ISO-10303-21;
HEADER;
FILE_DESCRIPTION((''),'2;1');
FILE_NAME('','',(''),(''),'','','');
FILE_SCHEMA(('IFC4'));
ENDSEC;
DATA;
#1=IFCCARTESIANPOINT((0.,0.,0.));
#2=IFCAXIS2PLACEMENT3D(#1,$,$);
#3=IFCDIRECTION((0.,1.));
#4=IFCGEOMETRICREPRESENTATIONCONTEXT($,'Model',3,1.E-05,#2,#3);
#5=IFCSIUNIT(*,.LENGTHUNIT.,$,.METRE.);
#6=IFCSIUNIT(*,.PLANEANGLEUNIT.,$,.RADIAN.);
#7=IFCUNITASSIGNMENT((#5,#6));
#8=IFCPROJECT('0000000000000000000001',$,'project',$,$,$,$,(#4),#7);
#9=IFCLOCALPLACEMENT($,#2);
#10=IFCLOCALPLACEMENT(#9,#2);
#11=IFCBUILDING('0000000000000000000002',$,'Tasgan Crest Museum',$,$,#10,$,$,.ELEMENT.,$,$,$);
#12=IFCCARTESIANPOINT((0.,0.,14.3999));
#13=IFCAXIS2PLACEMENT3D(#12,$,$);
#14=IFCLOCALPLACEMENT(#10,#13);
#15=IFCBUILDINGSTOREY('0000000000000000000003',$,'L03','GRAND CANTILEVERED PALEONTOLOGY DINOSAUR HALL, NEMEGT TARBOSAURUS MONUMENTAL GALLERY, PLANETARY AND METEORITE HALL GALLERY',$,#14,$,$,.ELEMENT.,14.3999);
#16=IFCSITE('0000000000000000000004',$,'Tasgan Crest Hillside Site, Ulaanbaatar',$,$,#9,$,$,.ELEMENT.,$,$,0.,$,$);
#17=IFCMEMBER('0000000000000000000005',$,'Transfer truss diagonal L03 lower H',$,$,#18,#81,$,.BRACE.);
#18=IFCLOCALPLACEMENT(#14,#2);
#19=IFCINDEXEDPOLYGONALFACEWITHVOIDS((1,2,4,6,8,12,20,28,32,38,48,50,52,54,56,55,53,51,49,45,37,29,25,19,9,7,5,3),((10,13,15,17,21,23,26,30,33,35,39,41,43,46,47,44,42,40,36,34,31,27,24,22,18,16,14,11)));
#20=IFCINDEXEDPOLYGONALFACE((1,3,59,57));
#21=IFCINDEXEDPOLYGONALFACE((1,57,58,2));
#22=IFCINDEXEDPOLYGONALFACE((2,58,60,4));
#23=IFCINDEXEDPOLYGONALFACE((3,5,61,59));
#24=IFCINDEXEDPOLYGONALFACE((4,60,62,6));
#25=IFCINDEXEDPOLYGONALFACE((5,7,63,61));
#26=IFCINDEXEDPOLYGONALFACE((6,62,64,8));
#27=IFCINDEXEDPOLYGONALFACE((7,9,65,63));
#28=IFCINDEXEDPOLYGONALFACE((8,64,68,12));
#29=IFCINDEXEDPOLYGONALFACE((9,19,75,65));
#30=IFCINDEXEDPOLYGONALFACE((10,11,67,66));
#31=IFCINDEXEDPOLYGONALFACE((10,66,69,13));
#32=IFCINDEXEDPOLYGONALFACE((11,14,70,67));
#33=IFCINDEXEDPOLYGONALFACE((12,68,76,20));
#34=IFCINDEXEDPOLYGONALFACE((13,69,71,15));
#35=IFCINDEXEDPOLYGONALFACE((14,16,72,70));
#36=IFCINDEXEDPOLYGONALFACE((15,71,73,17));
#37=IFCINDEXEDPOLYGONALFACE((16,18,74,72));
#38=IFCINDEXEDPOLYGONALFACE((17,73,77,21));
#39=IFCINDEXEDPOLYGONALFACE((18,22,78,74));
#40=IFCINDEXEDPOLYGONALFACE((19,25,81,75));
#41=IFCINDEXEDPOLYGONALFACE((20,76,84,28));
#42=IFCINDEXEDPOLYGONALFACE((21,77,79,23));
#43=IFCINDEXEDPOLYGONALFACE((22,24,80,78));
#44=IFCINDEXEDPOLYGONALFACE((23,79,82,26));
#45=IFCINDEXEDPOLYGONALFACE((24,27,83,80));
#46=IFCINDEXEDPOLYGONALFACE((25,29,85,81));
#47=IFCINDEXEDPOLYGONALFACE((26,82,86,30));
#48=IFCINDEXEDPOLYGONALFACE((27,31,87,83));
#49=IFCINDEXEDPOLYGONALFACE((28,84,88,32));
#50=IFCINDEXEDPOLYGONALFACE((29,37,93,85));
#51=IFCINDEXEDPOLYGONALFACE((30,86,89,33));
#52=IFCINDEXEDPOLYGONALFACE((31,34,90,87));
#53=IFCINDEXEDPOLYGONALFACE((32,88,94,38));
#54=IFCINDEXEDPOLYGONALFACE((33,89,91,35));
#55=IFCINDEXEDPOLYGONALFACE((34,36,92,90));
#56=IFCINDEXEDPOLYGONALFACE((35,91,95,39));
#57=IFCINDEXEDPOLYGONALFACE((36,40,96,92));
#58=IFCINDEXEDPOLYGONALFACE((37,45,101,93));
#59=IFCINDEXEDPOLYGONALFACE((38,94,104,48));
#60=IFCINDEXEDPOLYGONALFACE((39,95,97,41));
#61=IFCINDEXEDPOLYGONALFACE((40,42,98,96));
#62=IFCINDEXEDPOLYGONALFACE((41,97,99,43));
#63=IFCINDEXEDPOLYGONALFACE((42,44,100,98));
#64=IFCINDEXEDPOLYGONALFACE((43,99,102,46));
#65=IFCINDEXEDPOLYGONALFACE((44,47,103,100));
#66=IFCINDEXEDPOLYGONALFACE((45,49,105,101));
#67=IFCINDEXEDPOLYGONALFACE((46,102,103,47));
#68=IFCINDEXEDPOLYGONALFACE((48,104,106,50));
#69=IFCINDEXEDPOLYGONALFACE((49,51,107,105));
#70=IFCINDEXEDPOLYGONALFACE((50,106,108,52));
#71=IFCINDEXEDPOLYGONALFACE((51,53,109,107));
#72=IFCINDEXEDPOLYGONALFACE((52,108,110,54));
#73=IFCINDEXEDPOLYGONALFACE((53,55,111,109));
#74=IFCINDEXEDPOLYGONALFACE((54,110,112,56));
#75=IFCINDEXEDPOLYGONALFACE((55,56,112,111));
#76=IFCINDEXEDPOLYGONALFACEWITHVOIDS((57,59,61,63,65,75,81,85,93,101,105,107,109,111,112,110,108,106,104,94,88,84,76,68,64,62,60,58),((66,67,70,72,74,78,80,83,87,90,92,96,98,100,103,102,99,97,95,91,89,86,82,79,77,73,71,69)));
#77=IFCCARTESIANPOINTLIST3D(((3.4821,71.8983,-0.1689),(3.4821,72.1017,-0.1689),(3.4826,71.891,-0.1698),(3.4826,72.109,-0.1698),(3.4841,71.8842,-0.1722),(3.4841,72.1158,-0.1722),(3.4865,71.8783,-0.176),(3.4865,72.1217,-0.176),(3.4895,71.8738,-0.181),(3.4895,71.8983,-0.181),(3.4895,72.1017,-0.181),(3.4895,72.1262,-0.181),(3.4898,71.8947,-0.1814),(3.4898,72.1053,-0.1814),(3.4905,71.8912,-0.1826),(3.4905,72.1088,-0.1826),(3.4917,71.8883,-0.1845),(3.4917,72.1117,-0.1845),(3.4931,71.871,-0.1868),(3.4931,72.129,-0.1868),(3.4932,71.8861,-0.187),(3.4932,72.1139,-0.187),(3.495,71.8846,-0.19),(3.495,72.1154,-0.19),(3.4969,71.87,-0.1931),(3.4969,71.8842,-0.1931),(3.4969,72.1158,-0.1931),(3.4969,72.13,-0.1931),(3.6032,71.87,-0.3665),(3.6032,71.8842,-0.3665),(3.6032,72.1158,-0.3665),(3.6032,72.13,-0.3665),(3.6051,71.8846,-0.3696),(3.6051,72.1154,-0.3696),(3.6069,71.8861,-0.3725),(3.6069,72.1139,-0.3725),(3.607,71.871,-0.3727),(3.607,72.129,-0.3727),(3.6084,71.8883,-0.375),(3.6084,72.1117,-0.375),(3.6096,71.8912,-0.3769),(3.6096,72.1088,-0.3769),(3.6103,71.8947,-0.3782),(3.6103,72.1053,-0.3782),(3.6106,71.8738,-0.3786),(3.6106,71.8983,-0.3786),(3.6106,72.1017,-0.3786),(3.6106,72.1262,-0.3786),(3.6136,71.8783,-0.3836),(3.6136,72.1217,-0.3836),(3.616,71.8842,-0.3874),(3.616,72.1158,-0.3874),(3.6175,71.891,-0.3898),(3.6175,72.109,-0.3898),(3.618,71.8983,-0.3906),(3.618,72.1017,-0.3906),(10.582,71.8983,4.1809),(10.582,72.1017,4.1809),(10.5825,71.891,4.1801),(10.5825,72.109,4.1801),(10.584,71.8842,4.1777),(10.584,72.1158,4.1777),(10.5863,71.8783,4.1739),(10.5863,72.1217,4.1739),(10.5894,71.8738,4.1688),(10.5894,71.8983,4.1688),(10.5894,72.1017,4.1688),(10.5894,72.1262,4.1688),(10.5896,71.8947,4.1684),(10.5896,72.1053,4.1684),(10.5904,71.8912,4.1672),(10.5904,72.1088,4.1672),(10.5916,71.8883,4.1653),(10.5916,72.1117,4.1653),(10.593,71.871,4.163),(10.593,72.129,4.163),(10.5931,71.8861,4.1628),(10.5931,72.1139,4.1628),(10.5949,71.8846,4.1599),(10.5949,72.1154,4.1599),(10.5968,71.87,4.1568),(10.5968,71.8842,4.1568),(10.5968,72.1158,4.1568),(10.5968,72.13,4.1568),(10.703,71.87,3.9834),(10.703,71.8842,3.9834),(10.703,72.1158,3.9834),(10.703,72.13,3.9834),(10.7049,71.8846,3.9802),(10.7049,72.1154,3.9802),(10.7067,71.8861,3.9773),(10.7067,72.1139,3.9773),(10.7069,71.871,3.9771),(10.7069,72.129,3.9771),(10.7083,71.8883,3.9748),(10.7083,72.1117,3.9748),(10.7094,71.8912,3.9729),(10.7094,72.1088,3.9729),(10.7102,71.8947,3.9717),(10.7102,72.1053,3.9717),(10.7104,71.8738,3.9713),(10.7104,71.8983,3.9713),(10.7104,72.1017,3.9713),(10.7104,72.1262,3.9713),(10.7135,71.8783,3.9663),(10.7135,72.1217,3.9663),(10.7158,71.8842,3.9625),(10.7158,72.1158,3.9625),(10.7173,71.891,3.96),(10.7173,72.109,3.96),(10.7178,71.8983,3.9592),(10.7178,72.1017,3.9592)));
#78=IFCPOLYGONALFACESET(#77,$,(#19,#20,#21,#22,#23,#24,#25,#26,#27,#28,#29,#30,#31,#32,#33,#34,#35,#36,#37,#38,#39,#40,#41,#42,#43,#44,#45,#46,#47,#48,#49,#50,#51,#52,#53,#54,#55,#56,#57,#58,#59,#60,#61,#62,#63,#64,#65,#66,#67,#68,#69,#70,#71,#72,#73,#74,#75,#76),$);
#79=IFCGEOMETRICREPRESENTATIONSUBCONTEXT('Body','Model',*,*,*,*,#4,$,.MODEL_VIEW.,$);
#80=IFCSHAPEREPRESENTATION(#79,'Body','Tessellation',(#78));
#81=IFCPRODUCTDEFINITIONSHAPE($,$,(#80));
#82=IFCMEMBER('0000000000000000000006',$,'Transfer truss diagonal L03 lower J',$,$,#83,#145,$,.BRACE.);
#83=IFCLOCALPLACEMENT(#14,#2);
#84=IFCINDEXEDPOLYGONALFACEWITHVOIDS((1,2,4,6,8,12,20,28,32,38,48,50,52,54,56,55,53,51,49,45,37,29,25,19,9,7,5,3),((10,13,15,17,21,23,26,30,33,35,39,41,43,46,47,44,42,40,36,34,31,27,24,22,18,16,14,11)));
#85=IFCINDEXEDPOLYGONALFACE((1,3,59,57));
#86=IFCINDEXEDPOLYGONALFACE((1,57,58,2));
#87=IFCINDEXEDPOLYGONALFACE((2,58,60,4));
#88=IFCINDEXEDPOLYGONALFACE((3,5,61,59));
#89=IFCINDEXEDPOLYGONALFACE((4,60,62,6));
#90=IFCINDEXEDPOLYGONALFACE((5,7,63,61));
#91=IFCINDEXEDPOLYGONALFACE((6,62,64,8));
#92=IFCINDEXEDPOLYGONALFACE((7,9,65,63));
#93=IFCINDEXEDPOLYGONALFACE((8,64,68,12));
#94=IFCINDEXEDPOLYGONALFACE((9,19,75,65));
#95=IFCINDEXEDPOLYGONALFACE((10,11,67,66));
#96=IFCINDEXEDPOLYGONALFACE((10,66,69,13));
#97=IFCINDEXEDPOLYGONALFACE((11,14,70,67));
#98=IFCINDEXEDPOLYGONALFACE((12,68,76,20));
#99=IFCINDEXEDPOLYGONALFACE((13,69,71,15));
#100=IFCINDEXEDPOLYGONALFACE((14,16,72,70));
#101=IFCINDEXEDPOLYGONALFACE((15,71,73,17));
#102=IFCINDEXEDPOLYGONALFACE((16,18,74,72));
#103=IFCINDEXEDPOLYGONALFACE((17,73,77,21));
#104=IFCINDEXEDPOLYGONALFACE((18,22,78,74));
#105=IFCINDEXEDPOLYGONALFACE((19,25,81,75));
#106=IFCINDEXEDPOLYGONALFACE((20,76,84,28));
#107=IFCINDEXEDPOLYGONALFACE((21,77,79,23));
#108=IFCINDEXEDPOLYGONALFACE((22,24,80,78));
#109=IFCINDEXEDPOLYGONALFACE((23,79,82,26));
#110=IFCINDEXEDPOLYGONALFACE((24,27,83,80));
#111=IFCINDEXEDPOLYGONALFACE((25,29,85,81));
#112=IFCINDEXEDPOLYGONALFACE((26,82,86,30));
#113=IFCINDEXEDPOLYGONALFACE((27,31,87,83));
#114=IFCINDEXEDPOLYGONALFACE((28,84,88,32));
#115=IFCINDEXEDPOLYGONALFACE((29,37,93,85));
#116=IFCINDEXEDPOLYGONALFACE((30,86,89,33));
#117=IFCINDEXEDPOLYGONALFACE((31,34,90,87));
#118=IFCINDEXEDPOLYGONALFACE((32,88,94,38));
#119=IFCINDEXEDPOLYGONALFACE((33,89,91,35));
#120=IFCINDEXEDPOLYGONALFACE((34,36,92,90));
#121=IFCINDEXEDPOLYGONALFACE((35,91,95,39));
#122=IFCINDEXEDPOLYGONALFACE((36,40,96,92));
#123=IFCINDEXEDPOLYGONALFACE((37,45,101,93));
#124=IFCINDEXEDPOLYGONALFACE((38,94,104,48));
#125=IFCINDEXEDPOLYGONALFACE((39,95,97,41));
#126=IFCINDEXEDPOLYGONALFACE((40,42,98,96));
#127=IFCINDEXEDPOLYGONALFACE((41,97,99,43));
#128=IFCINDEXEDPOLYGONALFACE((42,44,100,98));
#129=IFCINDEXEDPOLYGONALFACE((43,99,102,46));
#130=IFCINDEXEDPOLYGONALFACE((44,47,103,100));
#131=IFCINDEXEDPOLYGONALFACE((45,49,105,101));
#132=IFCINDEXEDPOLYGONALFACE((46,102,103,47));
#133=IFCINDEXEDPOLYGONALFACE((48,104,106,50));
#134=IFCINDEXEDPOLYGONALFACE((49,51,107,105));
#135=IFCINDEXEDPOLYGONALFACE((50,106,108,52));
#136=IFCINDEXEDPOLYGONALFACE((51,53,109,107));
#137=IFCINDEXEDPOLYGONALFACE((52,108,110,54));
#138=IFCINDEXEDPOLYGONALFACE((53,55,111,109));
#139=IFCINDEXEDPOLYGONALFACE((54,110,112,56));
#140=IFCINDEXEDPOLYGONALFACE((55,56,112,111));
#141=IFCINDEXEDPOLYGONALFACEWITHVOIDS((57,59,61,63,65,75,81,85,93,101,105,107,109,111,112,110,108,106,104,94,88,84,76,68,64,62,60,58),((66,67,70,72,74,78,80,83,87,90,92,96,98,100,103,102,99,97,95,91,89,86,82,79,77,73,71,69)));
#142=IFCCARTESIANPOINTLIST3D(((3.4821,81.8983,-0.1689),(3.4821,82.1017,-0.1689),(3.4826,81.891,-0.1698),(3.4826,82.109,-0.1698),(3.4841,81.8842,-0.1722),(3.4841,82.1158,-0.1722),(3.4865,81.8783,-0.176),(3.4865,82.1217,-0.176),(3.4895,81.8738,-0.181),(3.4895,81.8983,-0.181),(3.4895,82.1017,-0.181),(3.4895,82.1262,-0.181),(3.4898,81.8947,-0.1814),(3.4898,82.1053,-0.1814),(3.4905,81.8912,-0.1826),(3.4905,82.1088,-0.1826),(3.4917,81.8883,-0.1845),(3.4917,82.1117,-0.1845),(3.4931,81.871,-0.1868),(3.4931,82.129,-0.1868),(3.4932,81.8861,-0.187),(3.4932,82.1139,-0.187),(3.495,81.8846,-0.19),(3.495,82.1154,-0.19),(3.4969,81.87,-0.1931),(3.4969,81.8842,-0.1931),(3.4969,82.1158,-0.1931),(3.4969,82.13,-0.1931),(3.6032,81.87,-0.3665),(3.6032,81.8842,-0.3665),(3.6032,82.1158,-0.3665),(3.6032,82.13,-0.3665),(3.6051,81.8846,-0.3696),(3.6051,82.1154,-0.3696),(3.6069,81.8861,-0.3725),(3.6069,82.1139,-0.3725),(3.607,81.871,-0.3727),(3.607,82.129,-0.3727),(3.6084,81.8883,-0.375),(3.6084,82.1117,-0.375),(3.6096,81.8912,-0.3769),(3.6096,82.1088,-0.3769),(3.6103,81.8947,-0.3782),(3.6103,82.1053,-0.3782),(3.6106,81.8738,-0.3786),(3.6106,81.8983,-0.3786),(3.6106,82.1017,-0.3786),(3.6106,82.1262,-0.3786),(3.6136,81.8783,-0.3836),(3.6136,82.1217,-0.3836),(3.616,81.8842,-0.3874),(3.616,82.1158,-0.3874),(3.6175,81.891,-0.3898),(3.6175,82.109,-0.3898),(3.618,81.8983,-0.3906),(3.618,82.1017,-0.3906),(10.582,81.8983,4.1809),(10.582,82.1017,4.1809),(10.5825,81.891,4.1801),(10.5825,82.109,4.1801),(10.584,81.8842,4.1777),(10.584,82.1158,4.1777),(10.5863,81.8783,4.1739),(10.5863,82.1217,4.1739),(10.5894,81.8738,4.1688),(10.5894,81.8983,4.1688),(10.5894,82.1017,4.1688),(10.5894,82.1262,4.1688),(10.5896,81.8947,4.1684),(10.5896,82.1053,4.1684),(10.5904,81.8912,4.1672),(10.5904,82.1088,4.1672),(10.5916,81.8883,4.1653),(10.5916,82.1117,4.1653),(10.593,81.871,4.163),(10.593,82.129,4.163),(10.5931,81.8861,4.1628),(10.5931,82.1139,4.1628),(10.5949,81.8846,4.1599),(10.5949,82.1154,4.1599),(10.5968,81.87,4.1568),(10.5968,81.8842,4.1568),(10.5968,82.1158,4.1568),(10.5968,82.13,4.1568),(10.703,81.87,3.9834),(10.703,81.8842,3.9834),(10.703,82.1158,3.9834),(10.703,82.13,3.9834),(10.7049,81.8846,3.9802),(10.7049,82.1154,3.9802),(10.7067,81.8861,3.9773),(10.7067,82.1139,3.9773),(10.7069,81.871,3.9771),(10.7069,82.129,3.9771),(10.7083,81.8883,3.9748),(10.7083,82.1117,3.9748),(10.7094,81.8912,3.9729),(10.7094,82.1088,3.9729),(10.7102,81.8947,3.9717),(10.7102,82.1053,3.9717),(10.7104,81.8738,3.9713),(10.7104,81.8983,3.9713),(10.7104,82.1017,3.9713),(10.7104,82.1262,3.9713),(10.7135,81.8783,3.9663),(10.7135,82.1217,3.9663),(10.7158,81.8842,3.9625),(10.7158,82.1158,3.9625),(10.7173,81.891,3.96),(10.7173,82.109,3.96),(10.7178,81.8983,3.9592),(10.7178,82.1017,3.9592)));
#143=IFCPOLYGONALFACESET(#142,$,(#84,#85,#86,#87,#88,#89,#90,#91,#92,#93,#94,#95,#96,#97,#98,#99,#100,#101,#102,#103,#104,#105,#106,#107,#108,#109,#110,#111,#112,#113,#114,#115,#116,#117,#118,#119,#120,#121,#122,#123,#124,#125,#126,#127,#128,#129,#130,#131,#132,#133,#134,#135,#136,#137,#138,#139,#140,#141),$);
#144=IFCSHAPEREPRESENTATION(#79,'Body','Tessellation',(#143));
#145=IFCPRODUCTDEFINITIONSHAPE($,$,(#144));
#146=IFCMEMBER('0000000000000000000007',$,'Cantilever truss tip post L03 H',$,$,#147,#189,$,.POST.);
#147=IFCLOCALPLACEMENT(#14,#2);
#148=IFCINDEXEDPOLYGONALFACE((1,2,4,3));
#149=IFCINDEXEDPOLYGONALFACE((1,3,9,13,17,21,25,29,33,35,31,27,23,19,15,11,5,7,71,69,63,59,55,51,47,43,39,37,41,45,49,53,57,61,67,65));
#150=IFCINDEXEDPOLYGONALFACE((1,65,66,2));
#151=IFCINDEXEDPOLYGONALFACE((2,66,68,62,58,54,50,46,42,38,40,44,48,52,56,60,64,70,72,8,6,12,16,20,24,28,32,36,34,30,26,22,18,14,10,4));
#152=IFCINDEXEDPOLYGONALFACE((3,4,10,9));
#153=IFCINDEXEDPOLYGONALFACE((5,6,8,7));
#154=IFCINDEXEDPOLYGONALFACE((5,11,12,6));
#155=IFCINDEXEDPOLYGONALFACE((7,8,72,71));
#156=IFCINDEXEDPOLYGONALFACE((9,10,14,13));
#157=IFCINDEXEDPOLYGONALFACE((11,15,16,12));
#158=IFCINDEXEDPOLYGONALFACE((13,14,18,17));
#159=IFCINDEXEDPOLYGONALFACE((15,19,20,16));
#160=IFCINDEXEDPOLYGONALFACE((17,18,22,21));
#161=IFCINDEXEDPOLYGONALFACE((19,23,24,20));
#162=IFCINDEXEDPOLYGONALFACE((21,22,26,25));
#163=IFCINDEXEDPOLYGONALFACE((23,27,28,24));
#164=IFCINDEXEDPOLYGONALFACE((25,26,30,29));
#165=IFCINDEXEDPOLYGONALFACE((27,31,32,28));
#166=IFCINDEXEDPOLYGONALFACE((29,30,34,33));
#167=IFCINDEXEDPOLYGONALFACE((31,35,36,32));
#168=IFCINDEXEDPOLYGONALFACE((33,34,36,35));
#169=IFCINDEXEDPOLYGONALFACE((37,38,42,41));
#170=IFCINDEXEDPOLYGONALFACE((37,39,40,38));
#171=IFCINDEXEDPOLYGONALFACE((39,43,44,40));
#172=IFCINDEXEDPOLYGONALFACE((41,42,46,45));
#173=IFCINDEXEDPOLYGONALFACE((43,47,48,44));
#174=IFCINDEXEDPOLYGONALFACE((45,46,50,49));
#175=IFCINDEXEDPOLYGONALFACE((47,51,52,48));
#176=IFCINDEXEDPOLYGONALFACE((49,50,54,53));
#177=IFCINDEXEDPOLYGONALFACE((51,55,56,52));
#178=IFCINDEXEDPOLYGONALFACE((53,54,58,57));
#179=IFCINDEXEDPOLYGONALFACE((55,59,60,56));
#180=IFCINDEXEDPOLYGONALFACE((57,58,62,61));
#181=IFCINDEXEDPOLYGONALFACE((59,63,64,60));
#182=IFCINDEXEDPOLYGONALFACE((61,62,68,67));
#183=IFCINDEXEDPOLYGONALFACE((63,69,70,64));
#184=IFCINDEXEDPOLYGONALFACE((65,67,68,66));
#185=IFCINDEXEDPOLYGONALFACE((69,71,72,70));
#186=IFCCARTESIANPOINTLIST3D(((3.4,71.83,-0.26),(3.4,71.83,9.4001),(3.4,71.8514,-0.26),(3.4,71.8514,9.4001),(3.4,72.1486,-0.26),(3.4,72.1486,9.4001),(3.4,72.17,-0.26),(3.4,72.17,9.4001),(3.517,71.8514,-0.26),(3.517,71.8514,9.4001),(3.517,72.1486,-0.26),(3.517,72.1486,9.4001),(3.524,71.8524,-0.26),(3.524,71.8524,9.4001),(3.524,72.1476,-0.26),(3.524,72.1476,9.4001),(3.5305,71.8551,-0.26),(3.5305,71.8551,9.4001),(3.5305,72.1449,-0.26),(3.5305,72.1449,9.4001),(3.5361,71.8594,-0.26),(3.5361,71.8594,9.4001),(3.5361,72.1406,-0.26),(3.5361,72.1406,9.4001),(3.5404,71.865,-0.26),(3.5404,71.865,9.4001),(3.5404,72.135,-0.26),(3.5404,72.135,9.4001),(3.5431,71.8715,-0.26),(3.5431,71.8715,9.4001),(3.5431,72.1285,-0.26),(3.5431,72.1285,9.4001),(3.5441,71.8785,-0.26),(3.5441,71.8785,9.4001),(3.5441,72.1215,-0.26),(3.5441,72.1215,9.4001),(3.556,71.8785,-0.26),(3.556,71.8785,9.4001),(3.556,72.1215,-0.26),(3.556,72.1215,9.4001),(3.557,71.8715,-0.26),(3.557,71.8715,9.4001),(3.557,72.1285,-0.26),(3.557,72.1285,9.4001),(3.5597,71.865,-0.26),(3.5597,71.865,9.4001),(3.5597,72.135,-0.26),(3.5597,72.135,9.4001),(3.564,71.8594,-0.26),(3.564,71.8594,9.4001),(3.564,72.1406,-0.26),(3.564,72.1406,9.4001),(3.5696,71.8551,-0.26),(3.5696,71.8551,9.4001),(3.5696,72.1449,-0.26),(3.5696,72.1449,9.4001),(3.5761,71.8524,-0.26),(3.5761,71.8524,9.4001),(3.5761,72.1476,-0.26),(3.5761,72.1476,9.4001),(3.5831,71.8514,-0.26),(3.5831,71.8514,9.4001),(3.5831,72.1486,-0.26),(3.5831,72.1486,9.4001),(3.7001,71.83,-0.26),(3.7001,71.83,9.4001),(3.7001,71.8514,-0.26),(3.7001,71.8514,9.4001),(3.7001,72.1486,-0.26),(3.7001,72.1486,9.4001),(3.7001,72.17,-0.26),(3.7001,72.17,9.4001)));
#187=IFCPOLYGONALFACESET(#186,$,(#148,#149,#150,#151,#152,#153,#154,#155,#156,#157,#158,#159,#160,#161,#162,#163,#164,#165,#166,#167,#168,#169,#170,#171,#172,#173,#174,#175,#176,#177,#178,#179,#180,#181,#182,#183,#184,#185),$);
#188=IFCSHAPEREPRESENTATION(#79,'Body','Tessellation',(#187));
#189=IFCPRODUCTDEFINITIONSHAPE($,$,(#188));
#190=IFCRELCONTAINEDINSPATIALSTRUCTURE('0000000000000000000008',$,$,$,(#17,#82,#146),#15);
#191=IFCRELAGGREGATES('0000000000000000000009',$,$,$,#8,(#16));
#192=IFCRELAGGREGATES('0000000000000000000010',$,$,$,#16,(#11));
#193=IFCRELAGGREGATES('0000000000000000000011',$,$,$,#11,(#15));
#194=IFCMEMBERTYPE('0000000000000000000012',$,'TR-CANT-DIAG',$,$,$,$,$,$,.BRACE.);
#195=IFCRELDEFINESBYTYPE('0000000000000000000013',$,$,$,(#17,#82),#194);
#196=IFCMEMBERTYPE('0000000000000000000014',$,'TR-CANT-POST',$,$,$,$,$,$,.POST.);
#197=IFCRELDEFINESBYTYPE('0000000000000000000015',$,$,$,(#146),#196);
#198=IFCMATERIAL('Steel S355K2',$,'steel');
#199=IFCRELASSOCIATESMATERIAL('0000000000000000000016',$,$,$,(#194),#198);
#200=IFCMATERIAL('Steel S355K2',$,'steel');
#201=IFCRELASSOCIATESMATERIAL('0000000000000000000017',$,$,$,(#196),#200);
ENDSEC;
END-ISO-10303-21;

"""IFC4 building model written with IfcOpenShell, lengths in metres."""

from ifc_helpers import new_model, si_unit, direction, frame, origin, origin_2d, place, context, subcontext, project, spatial, hollow_rectangle, i_section, extrude, material, material_profile, profile_set, type_object, element, save


model = new_model("IFC4")

# Units and contexts
model_context = context("Model", 3, precision=1e-05, world=origin(), true_north=direction((0.0, 1.0)))
body_context = subcontext(model_context, "Body", "Model", "MODEL_VIEW")
ifc_project = project(units=[si_unit("LENGTHUNIT", "METRE"), si_unit("PLANEANGLEUNIT", "RADIAN")], contexts=[model_context])

# Site, building, storey
site_placement = place(None, origin())
site = spatial("IfcSite", under=ifc_project, at=site_placement, Name="Tasgan Crest Hillside Site, Ulaanbaatar", CompositionType="ELEMENT", RefElevation=0.0)
building_placement = place(site_placement, origin())
building = spatial("IfcBuilding", under=site, at=building_placement, Name="Tasgan Crest Museum", CompositionType="ELEMENT")
storey_placement = place(building_placement, frame((0.0, 0.0, 14.3999)))
storey = spatial("IfcBuildingStorey", under=building, at=storey_placement, Name="L03", Description="GRAND CANTILEVERED PALEONTOLOGY DINOSAUR HALL, NEMEGT TARBOSAURUS MONUMENTAL GALLERY, PLANETARY AND METEORITE HALL GALLERY", CompositionType="ELEMENT", Elevation=14.3999)

# Members
ifc_material_1 = material(Name="Steel S355K2", Category="steel")
ifc_material_profile_1 = material_profile(ifc_material_1, hollow_rectangle(XDim=0.26, YDim=0.26, WallThickness=0.0142, InnerFilletRadius=0.0142, OuterFilletRadius=0.0283, at=origin_2d()), Name="SHS 260x260x14.2")
ifc_profile_set_1 = profile_set([ifc_material_profile_1], Name="Steel S355K2")
member_type_1 = type_object("IfcMemberType", Name="TR-CANT-DIAG", PredefinedType="BRACE", material=ifc_profile_set_1)
for number, where, z_axis, x_axis, name in (
    (1, (3.55, 72.0, -0.2798), (0.852691, 0.0, 0.522416), (0.0, 1.0, 0.0), "Transfer truss diagonal L03 lower H"),
    (2, (3.55, 82.0, -0.2798), (0.852691, 0.0, 0.522416), (0.0, 1.0, 0.0), "Transfer truss diagonal L03 lower J"),
):
    element("IfcMember", number, at=place(storey_placement, frame(where, z_axis=z_axis, x_axis=x_axis)), inside=storey, type_object=member_type_1, Name=name, PredefinedType="BRACE", context=body_context, shape_type="SweptSolid", body=[
        extrude(hollow_rectangle(XDim=0.26, YDim=0.26, WallThickness=0.0142, InnerFilletRadius=0.0142, OuterFilletRadius=0.0283, at=origin_2d()), origin(), (0.0, 0.0, 1.0), 8.3264),
    ])
ifc_material_2 = material(Name="Steel S355K2", Category="steel")
ifc_material_profile_2 = material_profile(ifc_material_2, i_section(OverallWidth=0.3, OverallDepth=0.3401, WebThickness=0.012, FlangeThickness=0.0215, FilletRadius=0.0271, at=origin_2d()), Name="HEB 340")
ifc_profile_set_2 = profile_set([ifc_material_profile_2], Name="Steel S355K2")
member_type_2 = type_object("IfcMemberType", Name="TR-CANT-POST", PredefinedType="POST", material=ifc_profile_set_2)
for number, where, z_axis, x_axis, name in (
    (3, (3.55, 72.0, -0.26), (0.0, 0.0, 1.0), (1.0, 0.0, 0.0), "Cantilever truss tip post L03 H"),
):
    element("IfcMember", number, at=place(storey_placement, frame(where, z_axis=z_axis, x_axis=x_axis)), inside=storey, type_object=member_type_2, Name=name, PredefinedType="POST", context=body_context, shape_type="SweptSolid", body=[
        extrude(i_section(OverallWidth=0.3, OverallDepth=0.3401, WebThickness=0.012, FlangeThickness=0.0215, FilletRadius=0.0271, at=origin_2d()), origin(), (0.0, 0.0, 1.0), 9.6602),
    ])

save(model, "model.ifc")
